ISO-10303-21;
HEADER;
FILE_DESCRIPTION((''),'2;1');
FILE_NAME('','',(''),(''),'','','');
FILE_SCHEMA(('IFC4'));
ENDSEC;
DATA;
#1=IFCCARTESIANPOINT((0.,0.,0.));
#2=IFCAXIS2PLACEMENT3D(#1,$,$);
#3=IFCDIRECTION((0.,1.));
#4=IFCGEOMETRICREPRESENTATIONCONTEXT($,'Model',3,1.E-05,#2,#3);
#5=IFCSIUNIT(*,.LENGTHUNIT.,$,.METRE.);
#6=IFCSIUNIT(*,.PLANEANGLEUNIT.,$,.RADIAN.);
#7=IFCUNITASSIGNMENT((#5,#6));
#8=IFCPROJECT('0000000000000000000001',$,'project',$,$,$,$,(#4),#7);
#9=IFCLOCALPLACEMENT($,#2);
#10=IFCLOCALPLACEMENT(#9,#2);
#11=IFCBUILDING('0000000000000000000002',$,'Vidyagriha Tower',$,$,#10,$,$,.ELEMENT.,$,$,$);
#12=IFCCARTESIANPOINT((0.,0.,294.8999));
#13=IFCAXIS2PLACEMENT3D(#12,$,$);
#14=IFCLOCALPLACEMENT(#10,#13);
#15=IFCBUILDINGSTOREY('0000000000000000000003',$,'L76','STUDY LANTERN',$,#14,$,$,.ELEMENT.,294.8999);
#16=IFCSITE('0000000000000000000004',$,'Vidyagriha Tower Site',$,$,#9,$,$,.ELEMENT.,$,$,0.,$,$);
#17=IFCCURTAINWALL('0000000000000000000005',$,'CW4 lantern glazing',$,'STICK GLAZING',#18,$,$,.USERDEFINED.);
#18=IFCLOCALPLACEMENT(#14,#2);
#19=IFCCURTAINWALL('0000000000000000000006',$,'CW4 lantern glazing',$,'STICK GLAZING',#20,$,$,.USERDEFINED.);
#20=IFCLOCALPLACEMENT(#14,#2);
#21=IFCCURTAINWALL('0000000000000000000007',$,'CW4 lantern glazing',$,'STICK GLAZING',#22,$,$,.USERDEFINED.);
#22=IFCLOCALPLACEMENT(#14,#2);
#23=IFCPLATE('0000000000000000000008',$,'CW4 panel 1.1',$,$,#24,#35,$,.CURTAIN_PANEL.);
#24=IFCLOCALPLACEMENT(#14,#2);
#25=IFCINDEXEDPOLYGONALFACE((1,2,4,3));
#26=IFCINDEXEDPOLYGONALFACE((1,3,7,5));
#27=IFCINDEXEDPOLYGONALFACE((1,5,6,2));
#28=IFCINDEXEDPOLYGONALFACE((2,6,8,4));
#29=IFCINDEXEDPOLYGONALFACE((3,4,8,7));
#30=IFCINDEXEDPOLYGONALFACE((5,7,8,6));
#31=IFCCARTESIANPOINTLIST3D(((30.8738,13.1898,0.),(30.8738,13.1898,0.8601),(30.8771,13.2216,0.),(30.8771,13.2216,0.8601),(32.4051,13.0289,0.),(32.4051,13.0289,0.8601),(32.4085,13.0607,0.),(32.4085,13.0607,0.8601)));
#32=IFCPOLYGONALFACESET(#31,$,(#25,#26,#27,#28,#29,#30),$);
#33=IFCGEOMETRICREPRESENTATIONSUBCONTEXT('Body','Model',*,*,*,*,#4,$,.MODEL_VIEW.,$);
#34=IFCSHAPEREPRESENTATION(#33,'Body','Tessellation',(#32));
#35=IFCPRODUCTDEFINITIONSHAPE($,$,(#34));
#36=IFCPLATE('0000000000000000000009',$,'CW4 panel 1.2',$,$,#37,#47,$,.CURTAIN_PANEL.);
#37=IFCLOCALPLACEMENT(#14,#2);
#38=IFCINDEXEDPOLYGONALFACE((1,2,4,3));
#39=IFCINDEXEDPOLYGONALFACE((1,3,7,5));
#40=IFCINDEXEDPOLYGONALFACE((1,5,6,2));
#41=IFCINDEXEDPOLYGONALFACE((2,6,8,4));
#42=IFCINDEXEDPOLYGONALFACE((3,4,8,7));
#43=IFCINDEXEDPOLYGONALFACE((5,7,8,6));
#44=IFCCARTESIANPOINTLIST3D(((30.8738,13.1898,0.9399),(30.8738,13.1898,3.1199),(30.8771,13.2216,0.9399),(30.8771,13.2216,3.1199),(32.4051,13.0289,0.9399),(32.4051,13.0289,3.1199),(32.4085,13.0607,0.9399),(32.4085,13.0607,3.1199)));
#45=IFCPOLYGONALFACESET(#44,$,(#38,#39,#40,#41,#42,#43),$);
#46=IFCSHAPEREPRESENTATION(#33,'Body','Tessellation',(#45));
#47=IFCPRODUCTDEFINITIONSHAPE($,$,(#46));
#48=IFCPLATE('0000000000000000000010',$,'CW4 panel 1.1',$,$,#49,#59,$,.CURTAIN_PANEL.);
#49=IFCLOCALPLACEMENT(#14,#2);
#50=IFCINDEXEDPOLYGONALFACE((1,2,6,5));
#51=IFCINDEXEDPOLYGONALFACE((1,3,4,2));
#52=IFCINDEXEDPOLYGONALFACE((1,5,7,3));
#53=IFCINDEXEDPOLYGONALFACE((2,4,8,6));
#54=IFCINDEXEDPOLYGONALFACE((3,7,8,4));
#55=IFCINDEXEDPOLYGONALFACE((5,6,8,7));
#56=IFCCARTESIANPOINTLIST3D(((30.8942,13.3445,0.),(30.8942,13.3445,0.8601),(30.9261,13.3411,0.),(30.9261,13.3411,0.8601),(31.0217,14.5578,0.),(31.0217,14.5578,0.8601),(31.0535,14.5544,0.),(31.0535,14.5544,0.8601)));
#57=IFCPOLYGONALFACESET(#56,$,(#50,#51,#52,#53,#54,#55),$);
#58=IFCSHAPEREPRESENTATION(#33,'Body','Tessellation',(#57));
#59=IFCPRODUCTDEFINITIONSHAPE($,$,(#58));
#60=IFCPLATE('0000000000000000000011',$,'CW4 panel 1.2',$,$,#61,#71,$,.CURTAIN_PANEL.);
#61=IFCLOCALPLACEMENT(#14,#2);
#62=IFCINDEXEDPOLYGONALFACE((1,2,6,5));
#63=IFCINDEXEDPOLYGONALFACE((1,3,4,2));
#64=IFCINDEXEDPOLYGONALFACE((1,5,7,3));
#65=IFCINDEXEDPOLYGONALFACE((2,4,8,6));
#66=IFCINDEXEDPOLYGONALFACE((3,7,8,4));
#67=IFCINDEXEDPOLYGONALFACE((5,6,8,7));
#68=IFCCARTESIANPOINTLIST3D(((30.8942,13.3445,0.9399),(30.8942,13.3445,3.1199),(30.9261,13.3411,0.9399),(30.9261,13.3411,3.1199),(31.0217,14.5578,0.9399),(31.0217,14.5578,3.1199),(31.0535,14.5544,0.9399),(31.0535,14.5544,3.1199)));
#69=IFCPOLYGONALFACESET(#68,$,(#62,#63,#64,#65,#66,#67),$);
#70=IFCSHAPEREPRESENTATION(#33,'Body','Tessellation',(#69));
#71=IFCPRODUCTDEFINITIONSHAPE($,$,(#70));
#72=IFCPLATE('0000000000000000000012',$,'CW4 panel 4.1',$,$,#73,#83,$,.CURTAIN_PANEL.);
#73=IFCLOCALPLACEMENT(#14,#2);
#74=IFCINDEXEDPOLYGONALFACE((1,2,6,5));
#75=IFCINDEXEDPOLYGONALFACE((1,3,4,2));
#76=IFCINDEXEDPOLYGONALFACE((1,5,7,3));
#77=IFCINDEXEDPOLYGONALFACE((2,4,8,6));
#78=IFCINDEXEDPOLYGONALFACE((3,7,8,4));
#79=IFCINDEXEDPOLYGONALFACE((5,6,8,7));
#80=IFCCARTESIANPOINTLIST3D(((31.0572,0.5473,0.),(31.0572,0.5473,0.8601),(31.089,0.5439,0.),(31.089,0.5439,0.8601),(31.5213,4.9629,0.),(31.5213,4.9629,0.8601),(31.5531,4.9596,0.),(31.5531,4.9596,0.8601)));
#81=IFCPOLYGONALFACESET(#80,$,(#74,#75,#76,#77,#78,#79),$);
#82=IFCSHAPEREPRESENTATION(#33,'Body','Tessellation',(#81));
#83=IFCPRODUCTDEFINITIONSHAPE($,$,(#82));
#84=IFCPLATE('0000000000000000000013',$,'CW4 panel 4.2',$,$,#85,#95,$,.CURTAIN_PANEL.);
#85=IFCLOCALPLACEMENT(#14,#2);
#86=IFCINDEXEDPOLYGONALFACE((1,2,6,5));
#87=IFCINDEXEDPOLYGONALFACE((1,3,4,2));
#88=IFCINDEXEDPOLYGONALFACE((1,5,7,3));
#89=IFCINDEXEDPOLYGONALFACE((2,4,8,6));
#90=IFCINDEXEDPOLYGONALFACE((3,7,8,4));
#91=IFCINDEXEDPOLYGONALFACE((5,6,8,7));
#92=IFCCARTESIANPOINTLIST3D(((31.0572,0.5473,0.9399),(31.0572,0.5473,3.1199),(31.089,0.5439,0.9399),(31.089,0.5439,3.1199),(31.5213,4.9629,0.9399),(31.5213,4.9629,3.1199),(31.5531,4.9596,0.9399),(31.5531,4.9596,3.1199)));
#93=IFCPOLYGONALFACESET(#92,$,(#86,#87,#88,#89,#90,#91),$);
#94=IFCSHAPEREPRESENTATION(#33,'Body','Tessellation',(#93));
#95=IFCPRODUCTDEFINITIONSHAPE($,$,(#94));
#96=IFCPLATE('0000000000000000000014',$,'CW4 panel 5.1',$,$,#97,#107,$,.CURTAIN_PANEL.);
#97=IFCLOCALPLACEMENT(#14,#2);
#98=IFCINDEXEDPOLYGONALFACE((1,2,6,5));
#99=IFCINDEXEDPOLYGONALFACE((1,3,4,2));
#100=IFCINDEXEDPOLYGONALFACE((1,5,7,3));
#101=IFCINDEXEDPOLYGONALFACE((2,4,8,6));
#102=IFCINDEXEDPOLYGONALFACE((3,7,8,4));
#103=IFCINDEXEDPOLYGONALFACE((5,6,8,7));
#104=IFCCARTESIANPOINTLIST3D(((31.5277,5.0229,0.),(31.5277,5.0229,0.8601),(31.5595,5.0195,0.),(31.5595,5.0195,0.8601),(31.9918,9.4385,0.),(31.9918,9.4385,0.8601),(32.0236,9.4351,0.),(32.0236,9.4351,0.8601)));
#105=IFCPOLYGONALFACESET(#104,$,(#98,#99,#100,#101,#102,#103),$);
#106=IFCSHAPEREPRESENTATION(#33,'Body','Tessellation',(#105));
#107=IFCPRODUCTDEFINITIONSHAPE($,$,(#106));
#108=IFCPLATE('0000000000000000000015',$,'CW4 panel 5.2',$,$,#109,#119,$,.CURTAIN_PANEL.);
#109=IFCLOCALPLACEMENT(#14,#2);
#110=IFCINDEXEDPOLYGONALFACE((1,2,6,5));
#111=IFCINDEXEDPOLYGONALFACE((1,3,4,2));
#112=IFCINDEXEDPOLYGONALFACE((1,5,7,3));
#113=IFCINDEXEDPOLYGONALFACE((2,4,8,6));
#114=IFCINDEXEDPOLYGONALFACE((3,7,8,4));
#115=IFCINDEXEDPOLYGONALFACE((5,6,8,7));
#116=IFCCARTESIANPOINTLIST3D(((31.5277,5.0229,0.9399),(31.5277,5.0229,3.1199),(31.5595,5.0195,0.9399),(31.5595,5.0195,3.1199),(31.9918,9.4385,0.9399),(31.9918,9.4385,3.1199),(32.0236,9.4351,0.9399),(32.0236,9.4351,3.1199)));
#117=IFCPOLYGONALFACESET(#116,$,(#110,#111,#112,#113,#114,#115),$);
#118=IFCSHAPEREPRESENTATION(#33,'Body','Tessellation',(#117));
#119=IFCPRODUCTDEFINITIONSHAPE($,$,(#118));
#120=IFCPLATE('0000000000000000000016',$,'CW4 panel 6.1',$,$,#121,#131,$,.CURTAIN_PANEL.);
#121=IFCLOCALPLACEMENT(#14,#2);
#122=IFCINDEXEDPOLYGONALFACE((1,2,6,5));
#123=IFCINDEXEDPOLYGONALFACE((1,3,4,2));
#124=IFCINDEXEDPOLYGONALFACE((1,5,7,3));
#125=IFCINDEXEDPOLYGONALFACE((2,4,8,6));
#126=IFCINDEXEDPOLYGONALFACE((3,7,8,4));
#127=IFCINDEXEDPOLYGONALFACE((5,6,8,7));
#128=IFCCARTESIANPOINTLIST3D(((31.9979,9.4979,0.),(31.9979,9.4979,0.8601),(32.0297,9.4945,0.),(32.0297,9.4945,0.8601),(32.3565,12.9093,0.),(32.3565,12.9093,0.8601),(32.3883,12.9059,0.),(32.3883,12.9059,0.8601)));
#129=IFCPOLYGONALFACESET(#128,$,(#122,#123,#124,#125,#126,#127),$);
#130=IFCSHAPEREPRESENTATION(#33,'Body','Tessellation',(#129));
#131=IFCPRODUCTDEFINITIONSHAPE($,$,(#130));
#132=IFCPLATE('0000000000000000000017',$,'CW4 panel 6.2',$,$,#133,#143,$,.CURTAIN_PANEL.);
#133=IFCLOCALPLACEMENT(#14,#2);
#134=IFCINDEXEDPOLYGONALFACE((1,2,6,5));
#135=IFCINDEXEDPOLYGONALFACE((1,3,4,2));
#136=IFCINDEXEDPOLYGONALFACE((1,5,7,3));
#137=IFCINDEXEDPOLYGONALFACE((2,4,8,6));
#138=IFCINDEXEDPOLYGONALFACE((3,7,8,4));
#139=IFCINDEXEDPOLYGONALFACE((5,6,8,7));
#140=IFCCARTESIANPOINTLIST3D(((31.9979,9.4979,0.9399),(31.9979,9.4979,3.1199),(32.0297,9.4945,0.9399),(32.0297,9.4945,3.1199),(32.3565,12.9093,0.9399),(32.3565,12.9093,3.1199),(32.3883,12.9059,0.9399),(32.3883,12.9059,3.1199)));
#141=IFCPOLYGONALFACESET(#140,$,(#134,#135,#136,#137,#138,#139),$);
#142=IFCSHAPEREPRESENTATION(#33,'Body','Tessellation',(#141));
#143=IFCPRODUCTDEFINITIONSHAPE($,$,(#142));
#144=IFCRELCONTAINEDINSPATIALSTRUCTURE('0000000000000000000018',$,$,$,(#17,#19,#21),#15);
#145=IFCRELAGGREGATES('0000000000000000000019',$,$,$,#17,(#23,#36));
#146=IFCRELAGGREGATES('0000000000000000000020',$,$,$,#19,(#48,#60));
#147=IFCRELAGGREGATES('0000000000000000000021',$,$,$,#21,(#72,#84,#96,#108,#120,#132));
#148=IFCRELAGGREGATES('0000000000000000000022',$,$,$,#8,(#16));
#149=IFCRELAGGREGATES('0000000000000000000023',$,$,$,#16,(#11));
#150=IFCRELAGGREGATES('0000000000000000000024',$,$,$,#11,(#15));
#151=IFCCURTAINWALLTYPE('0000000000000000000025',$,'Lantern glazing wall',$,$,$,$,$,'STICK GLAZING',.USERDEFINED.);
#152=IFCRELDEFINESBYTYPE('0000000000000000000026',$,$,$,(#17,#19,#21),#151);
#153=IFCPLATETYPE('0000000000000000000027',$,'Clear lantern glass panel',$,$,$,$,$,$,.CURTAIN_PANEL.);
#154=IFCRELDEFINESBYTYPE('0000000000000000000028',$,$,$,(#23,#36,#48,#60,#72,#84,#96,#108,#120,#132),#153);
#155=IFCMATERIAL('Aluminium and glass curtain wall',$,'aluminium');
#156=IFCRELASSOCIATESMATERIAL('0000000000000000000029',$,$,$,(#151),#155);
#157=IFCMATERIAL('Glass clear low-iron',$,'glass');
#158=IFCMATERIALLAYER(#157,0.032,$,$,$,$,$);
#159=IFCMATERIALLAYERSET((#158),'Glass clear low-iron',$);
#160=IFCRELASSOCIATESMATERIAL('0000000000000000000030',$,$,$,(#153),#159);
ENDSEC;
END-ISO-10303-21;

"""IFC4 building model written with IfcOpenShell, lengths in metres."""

from ifc_helpers import new_model, si_unit, direction, frame, origin, origin_2d, place, context, subcontext, project, spatial, rectangle, extrude, material, layer, layer_set, type_object, element, aggregate, save


model = new_model("IFC4")

# Units and contexts
model_context = context("Model", 3, precision=1e-05, world=origin(), true_north=direction((0.0, 1.0)))
body_context = subcontext(model_context, "Body", "Model", "MODEL_VIEW")
ifc_project = project(units=[si_unit("LENGTHUNIT", "METRE"), si_unit("PLANEANGLEUNIT", "RADIAN")], contexts=[model_context])

# Site, building, storey
site_placement = place(None, origin())
site = spatial("IfcSite", under=ifc_project, at=site_placement, Name="Vidyagriha Tower Site", CompositionType="ELEMENT", RefElevation=0.0)
building_placement = place(site_placement, origin())
building = spatial("IfcBuilding", under=site, at=building_placement, Name="Vidyagriha Tower", CompositionType="ELEMENT")
storey_placement = place(building_placement, frame((0.0, 0.0, 294.8999)))
storey = spatial("IfcBuildingStorey", under=building, at=storey_placement, Name="L76", Description="STUDY LANTERN", CompositionType="ELEMENT", Elevation=294.8999)

# Curtain wall
ifc_material_1 = material(Name="Aluminium and glass curtain wall", Category="aluminium")
curtain_wall_type = type_object("IfcCurtainWallType", Name="Lantern glazing wall", ElementType="STICK GLAZING", PredefinedType="USERDEFINED", material=ifc_material_1)
curtain_wall_1_placement = place(storey_placement, origin())
curtain_wall_1 = element("IfcCurtainWall", 1, at=curtain_wall_1_placement, inside=storey, type_object=curtain_wall_type, Name="CW4 lantern glazing", ObjectType="STICK GLAZING", PredefinedType="USERDEFINED")

# Curtain wall
curtain_wall_2_placement = place(storey_placement, origin())
curtain_wall_2 = element("IfcCurtainWall", 2, at=curtain_wall_2_placement, inside=storey, type_object=curtain_wall_type, Name="CW4 lantern glazing", ObjectType="STICK GLAZING", PredefinedType="USERDEFINED")

# Curtain wall
curtain_wall_3_placement = place(storey_placement, origin())
curtain_wall_3 = element("IfcCurtainWall", 3, at=curtain_wall_3_placement, inside=storey, type_object=curtain_wall_type, Name="CW4 lantern glazing", ObjectType="STICK GLAZING", PredefinedType="USERDEFINED")

# Plates
ifc_material_2 = material(Name="Glass clear low-iron", Category="glass")
ifc_layer = layer(ifc_material_2, 0.032)
ifc_layer_set = layer_set([ifc_layer], Name="Glass clear low-iron")
plate_type = type_object("IfcPlateType", Name="Clear lantern glass panel", PredefinedType="CURTAIN_PANEL", material=ifc_layer_set)
plate_1_placement = place(storey_placement, frame((31.6411, 13.1252, 0.0), z_axis=(0.0, 0.0, 1.0), x_axis=(-0.994529, 0.104465, 0.0)))
plate_1 = element("IfcPlate", 4, at=plate_1_placement, type_object=plate_type, Name="CW4 panel 1.1", PredefinedType="CURTAIN_PANEL", context=body_context, shape_type="SweptSolid", body=[
    extrude(rectangle(XDim=1.5398, YDim=0.032, at=origin_2d()), origin(), (0.0, 0.0, 1.0), 0.8601),
])
plate_2_placement = place(storey_placement, frame((31.6411, 13.1252, 0.9399), z_axis=(0.0, 0.0, 1.0), x_axis=(-0.994529, 0.104465, 0.0)))
plate_2 = element("IfcPlate", 5, at=plate_2_placement, type_object=plate_type, Name="CW4 panel 1.2", PredefinedType="CURTAIN_PANEL", context=body_context, shape_type="SweptSolid", body=[
    extrude(rectangle(XDim=1.5398, YDim=0.032, at=origin_2d()), origin(), (0.0, 0.0, 1.0), 2.1799),
])
aggregate(curtain_wall_1, [plate_1, plate_2])
plate_3_placement = place(storey_placement, frame((30.9739, 13.9495, 0.0), z_axis=(0.0, 0.0, 1.0), x_axis=(0.104475, 0.994528, 0.0)))
plate_3 = element("IfcPlate", 6, at=plate_3_placement, type_object=plate_type, Name="CW4 panel 1.1", PredefinedType="CURTAIN_PANEL", context=body_context, shape_type="SweptSolid", body=[
    extrude(rectangle(XDim=1.22, YDim=0.032, at=origin_2d()), origin(), (0.0, 0.0, 1.0), 0.8601),
])
plate_4_placement = place(storey_placement, frame((30.9739, 13.9495, 0.9399), z_axis=(0.0, 0.0, 1.0), x_axis=(0.104475, 0.994528, 0.0)))
plate_4 = element("IfcPlate", 7, at=plate_4_placement, type_object=plate_type, Name="CW4 panel 1.2", PredefinedType="CURTAIN_PANEL", context=body_context, shape_type="SweptSolid", body=[
    extrude(rectangle(XDim=1.22, YDim=0.032, at=origin_2d()), origin(), (0.0, 0.0, 1.0), 2.1799),
])
aggregate(curtain_wall_2, [plate_3, plate_4])
plate_5_placement = place(storey_placement, frame((31.3052, 2.7534, 0.0), z_axis=(0.0, 0.0, 1.0), x_axis=(0.104527, 0.994522, 0.0)))
plate_5 = element("IfcPlate", 8, at=plate_5_placement, type_object=plate_type, Name="CW4 panel 4.1", PredefinedType="CURTAIN_PANEL", context=body_context, shape_type="SweptSolid", body=[
    extrude(rectangle(XDim=4.4399, YDim=0.032, at=origin_2d()), origin(), (0.0, 0.0, 1.0), 0.8601),
])
plate_6_placement = place(storey_placement, frame((31.3052, 2.7534, 0.9399), z_axis=(0.0, 0.0, 1.0), x_axis=(0.104527, 0.994522, 0.0)))
plate_6 = element("IfcPlate", 9, at=plate_6_placement, type_object=plate_type, Name="CW4 panel 4.2", PredefinedType="CURTAIN_PANEL", context=body_context, shape_type="SweptSolid", body=[
    extrude(rectangle(XDim=4.4399, YDim=0.032, at=origin_2d()), origin(), (0.0, 0.0, 1.0), 2.1799),
])
plate_7_placement = place(storey_placement, frame((31.7756, 7.229, 0.0), z_axis=(0.0, 0.0, 1.0), x_axis=(0.104527, 0.994522, 0.0)))
plate_7 = element("IfcPlate", 10, at=plate_7_placement, type_object=plate_type, Name="CW4 panel 5.1", PredefinedType="CURTAIN_PANEL", context=body_context, shape_type="SweptSolid", body=[
    extrude(rectangle(XDim=4.4399, YDim=0.032, at=origin_2d()), origin(), (0.0, 0.0, 1.0), 0.8601),
])
plate_8_placement = place(storey_placement, frame((31.7756, 7.229, 0.9399), z_axis=(0.0, 0.0, 1.0), x_axis=(0.104527, 0.994522, 0.0)))
plate_8 = element("IfcPlate", 11, at=plate_8_placement, type_object=plate_type, Name="CW4 panel 5.2", PredefinedType="CURTAIN_PANEL", context=body_context, shape_type="SweptSolid", body=[
    extrude(rectangle(XDim=4.4399, YDim=0.032, at=origin_2d()), origin(), (0.0, 0.0, 1.0), 2.1799),
])
plate_9_placement = place(storey_placement, frame((32.1931, 11.2019, 0.0), z_axis=(0.0, 0.0, 1.0), x_axis=(0.104527, 0.994522, 0.0)))
plate_9 = element("IfcPlate", 12, at=plate_9_placement, type_object=plate_type, Name="CW4 panel 6.1", PredefinedType="CURTAIN_PANEL", context=body_context, shape_type="SweptSolid", body=[
    extrude(rectangle(XDim=3.4302, YDim=0.032, at=origin_2d()), origin(), (0.0, 0.0, 1.0), 0.8601),
])
plate_10_placement = place(storey_placement, frame((32.1931, 11.2019, 0.9399), z_axis=(0.0, 0.0, 1.0), x_axis=(0.104527, 0.994522, 0.0)))
plate_10 = element("IfcPlate", 13, at=plate_10_placement, type_object=plate_type, Name="CW4 panel 6.2", PredefinedType="CURTAIN_PANEL", context=body_context, shape_type="SweptSolid", body=[
    extrude(rectangle(XDim=3.4302, YDim=0.032, at=origin_2d()), origin(), (0.0, 0.0, 1.0), 2.1799),
])
aggregate(curtain_wall_3, [plate_5, plate_6, plate_7, plate_8, plate_9, plate_10])

save(model, "model.ifc")
